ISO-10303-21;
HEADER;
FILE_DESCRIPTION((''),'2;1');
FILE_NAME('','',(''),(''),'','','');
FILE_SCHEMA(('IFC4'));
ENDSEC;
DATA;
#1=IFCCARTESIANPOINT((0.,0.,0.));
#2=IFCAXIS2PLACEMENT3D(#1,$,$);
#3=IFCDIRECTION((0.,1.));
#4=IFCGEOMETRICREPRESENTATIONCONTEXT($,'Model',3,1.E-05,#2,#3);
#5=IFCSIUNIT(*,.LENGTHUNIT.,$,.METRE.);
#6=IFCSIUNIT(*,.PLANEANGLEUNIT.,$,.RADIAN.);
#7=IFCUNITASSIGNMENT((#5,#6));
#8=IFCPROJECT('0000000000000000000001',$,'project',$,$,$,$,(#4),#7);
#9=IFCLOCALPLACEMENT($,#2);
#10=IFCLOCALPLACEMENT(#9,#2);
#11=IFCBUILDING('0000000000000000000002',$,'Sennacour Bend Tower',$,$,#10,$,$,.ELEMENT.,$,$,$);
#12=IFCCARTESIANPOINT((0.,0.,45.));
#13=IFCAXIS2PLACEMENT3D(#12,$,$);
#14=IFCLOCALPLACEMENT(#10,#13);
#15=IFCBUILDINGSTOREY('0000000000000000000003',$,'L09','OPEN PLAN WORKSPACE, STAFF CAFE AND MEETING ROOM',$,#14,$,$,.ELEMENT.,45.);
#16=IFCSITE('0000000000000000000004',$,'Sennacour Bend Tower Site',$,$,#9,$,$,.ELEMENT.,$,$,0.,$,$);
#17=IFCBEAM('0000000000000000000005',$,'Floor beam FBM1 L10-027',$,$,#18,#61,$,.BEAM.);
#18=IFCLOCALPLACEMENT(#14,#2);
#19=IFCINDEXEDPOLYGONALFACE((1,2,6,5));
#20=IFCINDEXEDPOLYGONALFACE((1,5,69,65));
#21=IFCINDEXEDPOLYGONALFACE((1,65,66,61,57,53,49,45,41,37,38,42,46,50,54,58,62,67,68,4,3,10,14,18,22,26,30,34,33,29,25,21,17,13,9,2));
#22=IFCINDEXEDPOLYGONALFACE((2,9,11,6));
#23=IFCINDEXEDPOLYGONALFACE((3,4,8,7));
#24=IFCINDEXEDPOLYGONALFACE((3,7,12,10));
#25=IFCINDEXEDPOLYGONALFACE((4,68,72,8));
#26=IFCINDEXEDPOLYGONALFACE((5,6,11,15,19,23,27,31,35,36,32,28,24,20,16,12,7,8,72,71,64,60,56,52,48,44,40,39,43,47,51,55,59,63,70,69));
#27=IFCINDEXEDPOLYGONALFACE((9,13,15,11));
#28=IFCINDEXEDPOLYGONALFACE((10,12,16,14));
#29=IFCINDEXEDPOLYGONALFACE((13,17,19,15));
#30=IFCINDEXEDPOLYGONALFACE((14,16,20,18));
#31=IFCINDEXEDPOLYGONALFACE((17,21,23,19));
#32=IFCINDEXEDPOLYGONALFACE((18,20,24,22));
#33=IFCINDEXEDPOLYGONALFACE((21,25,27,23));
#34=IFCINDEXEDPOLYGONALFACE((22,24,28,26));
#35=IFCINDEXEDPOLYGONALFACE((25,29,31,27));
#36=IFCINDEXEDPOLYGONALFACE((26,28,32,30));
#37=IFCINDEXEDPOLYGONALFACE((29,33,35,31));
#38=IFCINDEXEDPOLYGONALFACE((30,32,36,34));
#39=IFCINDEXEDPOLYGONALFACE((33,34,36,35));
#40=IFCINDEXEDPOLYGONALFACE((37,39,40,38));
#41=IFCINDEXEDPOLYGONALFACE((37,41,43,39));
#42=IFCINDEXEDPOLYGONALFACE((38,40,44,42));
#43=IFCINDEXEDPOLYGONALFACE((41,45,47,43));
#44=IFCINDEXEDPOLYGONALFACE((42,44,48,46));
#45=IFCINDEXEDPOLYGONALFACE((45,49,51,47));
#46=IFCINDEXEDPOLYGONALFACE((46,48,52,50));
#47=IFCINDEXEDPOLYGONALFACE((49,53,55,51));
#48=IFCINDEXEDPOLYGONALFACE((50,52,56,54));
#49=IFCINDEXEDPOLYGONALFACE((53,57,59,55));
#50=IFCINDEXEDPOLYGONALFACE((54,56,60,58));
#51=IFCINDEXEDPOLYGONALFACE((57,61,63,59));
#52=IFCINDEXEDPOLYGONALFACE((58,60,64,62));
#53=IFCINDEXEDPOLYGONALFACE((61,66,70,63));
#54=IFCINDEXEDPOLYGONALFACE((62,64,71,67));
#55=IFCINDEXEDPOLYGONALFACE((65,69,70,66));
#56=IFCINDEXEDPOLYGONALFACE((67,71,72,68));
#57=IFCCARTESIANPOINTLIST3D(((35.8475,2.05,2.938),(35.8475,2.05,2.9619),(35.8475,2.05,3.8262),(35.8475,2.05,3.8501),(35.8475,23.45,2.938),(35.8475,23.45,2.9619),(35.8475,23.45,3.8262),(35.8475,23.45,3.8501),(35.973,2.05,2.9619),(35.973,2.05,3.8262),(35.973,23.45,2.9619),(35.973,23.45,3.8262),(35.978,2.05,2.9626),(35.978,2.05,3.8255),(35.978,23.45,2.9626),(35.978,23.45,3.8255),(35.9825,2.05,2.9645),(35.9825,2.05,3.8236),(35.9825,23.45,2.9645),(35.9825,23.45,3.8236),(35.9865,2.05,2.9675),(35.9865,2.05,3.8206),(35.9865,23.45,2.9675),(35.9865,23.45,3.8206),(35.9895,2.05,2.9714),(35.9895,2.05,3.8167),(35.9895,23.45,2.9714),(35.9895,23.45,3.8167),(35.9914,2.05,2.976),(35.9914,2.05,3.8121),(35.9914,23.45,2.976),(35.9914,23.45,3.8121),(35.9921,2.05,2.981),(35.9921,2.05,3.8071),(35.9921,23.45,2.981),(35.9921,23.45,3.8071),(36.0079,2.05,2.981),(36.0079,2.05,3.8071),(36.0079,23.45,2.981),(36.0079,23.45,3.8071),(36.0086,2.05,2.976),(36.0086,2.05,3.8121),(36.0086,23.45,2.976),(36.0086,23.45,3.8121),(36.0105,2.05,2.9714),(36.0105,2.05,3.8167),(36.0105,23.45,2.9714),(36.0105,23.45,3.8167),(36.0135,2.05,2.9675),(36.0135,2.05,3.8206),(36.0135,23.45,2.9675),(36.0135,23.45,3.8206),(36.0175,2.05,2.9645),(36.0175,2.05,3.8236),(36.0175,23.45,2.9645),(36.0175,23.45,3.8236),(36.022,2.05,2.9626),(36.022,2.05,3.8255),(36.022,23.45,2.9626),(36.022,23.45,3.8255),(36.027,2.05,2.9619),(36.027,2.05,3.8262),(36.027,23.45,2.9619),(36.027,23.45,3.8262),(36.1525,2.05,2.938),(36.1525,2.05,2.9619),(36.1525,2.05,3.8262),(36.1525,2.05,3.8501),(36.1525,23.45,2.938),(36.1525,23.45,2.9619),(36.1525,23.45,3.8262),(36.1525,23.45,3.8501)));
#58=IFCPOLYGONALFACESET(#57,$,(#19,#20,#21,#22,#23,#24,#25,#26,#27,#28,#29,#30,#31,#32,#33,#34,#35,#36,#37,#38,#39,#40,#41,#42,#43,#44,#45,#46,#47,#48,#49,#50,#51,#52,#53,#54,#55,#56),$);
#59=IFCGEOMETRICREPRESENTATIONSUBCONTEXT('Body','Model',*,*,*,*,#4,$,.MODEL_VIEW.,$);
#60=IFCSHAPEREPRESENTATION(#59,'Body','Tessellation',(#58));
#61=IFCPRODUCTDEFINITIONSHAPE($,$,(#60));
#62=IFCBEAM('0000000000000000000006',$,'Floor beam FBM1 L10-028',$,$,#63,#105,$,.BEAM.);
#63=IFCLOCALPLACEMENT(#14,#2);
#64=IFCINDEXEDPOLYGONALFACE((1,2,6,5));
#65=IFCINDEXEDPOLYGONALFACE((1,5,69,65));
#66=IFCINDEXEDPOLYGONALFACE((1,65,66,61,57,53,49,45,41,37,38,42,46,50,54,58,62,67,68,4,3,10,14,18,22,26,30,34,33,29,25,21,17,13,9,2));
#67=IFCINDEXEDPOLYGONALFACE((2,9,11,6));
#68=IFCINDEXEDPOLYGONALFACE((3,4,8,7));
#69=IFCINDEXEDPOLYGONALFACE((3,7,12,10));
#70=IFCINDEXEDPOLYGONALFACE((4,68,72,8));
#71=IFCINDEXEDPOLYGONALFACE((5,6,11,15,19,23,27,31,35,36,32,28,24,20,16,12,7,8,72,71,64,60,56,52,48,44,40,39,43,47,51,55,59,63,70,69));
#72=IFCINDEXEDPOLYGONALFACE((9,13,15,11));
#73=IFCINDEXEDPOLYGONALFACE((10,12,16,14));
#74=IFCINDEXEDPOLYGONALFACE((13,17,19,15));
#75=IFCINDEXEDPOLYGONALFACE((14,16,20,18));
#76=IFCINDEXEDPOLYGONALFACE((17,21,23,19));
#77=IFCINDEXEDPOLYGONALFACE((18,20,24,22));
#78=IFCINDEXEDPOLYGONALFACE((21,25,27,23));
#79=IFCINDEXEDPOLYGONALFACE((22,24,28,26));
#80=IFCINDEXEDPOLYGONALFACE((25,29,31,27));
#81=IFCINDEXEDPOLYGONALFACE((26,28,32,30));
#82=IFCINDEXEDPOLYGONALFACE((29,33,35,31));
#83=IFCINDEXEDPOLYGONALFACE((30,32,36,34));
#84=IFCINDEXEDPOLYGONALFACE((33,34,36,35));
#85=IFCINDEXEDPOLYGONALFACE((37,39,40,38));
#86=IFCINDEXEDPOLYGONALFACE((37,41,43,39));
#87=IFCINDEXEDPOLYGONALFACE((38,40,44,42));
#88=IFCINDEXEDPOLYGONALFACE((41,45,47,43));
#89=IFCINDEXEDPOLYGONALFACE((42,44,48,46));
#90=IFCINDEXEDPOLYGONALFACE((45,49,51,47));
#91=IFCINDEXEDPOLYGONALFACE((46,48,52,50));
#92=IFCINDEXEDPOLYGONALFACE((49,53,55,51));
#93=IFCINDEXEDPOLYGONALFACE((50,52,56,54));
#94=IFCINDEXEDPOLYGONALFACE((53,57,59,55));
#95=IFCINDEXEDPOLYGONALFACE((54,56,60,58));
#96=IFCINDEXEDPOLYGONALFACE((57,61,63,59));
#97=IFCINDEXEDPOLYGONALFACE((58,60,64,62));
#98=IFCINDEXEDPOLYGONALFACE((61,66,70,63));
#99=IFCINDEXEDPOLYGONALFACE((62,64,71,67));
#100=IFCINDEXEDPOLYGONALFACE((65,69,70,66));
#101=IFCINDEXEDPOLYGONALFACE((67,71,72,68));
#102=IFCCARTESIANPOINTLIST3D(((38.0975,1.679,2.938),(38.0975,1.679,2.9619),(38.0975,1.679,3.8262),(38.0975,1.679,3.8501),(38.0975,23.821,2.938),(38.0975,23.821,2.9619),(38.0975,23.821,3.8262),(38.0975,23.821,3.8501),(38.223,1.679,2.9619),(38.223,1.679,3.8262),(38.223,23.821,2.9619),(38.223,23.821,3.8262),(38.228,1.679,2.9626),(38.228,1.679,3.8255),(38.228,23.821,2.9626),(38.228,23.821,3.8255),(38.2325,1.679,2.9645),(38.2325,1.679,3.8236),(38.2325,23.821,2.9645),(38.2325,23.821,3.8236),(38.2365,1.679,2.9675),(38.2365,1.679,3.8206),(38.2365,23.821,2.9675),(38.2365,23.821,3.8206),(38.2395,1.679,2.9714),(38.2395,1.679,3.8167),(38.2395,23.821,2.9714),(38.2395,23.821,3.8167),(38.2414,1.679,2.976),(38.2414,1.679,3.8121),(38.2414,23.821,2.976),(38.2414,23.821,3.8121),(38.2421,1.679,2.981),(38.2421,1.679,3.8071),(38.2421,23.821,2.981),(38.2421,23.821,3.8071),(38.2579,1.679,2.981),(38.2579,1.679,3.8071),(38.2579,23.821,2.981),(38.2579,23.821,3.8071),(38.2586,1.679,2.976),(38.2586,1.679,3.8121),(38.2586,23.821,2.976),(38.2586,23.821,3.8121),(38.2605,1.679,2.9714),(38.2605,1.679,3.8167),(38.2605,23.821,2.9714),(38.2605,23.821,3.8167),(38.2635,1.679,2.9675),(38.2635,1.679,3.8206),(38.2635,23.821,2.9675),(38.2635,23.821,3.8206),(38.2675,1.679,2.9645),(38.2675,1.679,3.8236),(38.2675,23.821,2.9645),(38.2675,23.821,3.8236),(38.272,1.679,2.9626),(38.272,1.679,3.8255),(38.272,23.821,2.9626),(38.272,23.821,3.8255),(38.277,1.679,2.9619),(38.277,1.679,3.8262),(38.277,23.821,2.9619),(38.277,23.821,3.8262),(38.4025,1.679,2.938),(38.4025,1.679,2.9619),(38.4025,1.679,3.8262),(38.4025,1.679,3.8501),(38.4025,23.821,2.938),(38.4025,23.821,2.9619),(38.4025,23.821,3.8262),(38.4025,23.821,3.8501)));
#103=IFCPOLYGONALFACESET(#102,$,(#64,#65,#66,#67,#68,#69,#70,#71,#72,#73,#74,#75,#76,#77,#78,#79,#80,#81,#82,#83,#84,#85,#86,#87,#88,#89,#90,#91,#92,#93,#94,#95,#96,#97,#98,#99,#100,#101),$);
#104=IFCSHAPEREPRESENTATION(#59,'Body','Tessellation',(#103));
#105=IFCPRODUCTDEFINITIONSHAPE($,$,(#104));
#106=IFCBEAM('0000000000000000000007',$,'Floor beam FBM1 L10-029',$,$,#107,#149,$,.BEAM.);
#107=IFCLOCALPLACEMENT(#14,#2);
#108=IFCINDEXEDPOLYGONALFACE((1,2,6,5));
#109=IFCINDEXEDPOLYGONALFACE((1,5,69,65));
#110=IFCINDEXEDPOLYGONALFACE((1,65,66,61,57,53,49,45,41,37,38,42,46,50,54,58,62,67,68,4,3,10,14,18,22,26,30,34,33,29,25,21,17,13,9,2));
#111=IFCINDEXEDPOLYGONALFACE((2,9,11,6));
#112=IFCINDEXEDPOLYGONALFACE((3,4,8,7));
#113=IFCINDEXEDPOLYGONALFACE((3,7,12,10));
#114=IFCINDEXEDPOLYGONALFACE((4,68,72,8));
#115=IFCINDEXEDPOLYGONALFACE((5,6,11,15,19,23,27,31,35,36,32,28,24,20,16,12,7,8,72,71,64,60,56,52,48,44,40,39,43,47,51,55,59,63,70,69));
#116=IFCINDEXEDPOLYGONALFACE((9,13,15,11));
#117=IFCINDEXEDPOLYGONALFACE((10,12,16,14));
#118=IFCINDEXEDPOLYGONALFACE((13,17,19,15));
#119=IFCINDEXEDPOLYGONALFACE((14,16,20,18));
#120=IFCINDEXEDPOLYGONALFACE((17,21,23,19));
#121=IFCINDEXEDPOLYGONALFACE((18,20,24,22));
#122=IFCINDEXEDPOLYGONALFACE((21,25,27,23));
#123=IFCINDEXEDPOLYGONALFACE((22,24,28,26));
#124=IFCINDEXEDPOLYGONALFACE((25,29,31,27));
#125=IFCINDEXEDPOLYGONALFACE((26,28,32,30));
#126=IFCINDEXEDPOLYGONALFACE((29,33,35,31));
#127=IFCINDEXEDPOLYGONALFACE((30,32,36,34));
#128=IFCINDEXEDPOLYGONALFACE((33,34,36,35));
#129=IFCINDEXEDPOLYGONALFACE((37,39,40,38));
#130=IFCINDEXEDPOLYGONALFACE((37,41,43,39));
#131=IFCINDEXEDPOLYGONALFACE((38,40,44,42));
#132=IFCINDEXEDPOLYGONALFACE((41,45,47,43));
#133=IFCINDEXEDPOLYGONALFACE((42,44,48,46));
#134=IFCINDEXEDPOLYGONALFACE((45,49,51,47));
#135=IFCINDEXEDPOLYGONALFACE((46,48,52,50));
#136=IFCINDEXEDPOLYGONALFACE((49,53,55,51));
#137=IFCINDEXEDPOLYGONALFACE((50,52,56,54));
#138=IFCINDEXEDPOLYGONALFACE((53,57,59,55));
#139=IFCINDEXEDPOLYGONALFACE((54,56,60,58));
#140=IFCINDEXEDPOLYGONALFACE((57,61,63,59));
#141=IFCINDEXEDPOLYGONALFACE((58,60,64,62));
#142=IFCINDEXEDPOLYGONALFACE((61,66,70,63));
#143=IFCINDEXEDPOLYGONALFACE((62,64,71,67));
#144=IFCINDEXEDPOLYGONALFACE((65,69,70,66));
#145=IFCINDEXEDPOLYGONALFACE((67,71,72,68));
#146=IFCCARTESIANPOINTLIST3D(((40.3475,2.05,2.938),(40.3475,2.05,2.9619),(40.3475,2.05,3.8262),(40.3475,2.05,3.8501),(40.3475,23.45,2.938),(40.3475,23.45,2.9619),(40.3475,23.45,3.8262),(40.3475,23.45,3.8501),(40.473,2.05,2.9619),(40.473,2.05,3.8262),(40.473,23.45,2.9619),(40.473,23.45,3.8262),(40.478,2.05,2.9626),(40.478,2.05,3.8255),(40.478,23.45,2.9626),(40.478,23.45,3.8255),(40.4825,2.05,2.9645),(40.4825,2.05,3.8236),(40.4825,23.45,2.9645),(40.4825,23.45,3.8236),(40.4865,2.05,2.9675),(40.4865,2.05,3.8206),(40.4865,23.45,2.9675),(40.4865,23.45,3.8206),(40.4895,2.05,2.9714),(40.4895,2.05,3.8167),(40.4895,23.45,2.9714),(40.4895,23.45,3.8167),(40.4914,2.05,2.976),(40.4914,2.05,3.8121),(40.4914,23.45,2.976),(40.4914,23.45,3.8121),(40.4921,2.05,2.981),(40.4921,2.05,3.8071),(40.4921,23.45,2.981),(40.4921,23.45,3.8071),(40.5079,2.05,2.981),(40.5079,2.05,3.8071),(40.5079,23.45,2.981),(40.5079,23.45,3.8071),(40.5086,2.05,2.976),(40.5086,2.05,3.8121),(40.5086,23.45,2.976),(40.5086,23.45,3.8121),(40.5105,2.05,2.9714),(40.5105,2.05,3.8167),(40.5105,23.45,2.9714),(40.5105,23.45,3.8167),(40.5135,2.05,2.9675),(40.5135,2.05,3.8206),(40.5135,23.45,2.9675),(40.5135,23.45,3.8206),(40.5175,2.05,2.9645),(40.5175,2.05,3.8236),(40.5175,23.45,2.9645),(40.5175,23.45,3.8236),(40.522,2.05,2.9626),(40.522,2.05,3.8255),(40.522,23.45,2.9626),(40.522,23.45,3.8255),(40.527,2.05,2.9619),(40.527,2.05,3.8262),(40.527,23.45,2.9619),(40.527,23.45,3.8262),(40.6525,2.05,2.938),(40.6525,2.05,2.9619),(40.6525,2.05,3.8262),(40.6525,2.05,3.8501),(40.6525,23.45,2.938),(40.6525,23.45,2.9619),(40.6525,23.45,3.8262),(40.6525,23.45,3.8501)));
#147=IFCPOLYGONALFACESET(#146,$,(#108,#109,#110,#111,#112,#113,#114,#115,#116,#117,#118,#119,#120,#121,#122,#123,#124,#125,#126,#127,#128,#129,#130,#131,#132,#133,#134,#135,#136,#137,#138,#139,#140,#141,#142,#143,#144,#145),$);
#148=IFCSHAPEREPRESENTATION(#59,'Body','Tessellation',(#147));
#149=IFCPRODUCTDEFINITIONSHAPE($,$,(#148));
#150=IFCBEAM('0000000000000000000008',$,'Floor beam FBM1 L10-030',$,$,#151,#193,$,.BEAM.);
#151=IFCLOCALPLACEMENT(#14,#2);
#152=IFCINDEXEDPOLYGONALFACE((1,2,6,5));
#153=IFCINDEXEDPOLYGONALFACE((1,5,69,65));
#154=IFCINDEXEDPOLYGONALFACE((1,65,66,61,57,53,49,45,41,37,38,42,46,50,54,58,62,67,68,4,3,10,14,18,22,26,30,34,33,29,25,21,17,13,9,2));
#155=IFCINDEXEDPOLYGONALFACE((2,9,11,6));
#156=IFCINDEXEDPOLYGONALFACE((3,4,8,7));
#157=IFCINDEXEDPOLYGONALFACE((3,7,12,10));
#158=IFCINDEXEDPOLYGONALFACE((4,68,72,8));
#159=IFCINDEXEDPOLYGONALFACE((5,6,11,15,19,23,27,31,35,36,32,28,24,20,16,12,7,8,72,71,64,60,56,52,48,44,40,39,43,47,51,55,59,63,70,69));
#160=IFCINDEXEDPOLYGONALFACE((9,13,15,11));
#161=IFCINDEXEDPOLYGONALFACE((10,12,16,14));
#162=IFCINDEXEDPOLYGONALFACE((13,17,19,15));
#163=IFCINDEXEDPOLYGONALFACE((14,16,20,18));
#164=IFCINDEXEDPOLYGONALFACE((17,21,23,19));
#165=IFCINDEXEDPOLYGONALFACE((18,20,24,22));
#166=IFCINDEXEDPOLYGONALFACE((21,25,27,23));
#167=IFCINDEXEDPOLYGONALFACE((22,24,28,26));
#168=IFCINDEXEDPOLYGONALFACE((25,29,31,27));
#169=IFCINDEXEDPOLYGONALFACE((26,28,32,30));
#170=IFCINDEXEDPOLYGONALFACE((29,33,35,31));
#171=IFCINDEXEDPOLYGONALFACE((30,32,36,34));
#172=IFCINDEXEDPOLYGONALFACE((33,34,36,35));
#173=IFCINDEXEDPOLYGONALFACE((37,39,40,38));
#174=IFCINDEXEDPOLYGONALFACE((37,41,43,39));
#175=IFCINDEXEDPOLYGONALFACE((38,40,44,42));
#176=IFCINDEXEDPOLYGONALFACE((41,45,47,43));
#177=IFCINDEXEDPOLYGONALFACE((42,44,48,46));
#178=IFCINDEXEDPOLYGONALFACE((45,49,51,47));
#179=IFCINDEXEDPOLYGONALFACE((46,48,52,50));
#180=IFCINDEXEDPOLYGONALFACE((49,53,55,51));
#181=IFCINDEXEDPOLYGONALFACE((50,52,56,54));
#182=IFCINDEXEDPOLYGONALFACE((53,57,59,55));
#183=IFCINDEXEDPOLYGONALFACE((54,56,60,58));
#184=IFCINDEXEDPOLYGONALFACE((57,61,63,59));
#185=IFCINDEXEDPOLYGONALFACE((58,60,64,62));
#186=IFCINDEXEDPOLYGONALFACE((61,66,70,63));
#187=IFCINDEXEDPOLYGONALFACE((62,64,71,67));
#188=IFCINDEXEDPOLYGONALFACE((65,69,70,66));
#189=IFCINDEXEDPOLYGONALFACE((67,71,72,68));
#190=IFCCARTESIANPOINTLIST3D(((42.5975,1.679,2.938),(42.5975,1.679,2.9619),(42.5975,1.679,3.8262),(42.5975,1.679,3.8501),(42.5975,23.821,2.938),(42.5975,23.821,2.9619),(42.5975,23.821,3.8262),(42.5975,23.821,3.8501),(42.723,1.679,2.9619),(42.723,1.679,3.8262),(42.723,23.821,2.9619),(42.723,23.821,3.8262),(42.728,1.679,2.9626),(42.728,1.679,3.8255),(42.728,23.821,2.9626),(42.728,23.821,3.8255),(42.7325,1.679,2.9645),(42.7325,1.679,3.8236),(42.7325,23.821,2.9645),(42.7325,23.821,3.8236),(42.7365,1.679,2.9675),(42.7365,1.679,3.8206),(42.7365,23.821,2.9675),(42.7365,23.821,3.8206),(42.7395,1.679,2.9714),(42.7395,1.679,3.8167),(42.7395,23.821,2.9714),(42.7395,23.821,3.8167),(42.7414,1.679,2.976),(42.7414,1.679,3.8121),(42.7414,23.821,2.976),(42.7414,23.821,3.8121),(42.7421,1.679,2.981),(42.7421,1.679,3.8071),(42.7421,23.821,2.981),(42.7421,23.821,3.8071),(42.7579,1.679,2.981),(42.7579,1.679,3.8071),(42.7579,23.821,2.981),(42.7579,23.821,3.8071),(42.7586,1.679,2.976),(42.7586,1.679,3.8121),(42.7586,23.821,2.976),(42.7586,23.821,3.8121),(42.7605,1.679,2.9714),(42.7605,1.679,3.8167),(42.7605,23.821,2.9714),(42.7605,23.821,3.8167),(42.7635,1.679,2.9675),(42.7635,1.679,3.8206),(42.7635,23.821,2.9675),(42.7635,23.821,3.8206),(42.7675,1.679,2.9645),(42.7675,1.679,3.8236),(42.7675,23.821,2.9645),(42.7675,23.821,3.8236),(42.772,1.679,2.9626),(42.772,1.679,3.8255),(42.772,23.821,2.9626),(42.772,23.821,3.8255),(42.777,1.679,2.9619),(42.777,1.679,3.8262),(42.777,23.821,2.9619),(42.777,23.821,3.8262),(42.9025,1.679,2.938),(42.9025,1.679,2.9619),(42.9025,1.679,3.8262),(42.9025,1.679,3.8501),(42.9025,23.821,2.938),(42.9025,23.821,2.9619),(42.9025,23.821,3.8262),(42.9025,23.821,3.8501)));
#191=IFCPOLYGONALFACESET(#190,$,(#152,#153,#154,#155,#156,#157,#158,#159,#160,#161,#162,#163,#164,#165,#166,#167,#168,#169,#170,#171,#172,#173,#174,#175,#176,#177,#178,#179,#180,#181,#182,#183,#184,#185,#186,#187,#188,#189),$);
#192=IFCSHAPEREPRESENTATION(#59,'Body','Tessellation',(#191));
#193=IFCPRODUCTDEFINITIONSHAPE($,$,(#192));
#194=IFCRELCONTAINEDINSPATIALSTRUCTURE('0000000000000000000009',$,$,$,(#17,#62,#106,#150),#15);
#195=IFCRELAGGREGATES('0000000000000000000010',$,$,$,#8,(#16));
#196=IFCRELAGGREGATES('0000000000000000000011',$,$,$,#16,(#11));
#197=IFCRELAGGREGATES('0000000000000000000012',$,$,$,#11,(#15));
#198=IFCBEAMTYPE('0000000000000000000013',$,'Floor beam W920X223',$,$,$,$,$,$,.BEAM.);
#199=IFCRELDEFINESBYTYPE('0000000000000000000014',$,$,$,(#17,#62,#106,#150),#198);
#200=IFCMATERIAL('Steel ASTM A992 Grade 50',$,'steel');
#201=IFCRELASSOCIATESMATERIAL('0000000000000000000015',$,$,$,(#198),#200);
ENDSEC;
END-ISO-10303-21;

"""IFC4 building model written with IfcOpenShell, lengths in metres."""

from ifc_helpers import new_model, si_unit, direction, frame, origin, origin_2d, place, context, subcontext, project, spatial, i_section, extrude, material, material_profile, profile_set, type_object, element, save


model = new_model("IFC4")

# Units and contexts
model_context = context("Model", 3, precision=1e-05, world=origin(), true_north=direction((0.0, 1.0)))
body_context = subcontext(model_context, "Body", "Model", "MODEL_VIEW")
ifc_project = project(units=[si_unit("LENGTHUNIT", "METRE"), si_unit("PLANEANGLEUNIT", "RADIAN")], contexts=[model_context])

# Site, building, storey
site_placement = place(None, origin())
site = spatial("IfcSite", under=ifc_project, at=site_placement, Name="Sennacour Bend Tower Site", CompositionType="ELEMENT", RefElevation=0.0)
building_placement = place(site_placement, origin())
building = spatial("IfcBuilding", under=site, at=building_placement, Name="Sennacour Bend Tower", CompositionType="ELEMENT")
storey_placement = place(building_placement, frame((0.0, 0.0, 45.0)))
storey = spatial("IfcBuildingStorey", under=building, at=storey_placement, Name="L09", Description="OPEN PLAN WORKSPACE, STAFF CAFE AND MEETING ROOM", CompositionType="ELEMENT", Elevation=45.0)

# Beams
ifc_material_1 = material(Name="Steel ASTM A992 Grade 50", Category="steel")
ifc_material_profile_1 = material_profile(ifc_material_1, i_section(OverallWidth=0.3049, OverallDepth=0.9121, WebThickness=0.0159, FlangeThickness=0.0239, FilletRadius=0.019, at=origin_2d()), Name="Steel ASTM A992 Grade 50", Category="steel")
ifc_profile_set_1 = profile_set([ifc_material_profile_1], Name="Steel ASTM A992 Grade 50")
beam_type_1 = type_object("IfcBeamType", Name="Floor beam W920X223", PredefinedType="BEAM", material=ifc_profile_set_1)
beam_1_placement = place(storey_placement, frame((36.0, 2.05, 3.394), z_axis=(0.0, 1.0, 0.0), x_axis=(-1.0, 0.0, 0.0)))
element("IfcBeam", 1, at=beam_1_placement, inside=storey, type_object=beam_type_1, Name="Floor beam FBM1 L10-027", PredefinedType="BEAM", context=body_context, shape_type="SweptSolid", body=[
    extrude(i_section(OverallWidth=0.3049, OverallDepth=0.9121, WebThickness=0.0159, FlangeThickness=0.0239, FilletRadius=0.019, at=origin_2d()), origin(), (0.0, 0.0, 1.0), 21.3999),
])
beam_2_placement = place(storey_placement, frame((38.25, 1.679, 3.394), z_axis=(0.0, 1.0, 0.0), x_axis=(-1.0, 0.0, 0.0)))
element("IfcBeam", 2, at=beam_2_placement, inside=storey, type_object=beam_type_1, Name="Floor beam FBM1 L10-028", PredefinedType="BEAM", context=body_context, shape_type="SweptSolid", body=[
    extrude(i_section(OverallWidth=0.3049, OverallDepth=0.9121, WebThickness=0.0159, FlangeThickness=0.0239, FilletRadius=0.019, at=origin_2d()), origin(), (0.0, 0.0, 1.0), 22.1421),
])
beam_3_placement = place(storey_placement, frame((40.5, 2.05, 3.394), z_axis=(0.0, 1.0, 0.0), x_axis=(-1.0, 0.0, 0.0)))
element("IfcBeam", 3, at=beam_3_placement, inside=storey, type_object=beam_type_1, Name="Floor beam FBM1 L10-029", PredefinedType="BEAM", context=body_context, shape_type="SweptSolid", body=[
    extrude(i_section(OverallWidth=0.3049, OverallDepth=0.9121, WebThickness=0.0159, FlangeThickness=0.0239, FilletRadius=0.019, at=origin_2d()), origin(), (0.0, 0.0, 1.0), 21.3999),
])
beam_4_placement = place(storey_placement, frame((42.75, 1.679, 3.394), z_axis=(0.0, 1.0, 0.0), x_axis=(-1.0, 0.0, 0.0)))
element("IfcBeam", 4, at=beam_4_placement, inside=storey, type_object=beam_type_1, Name="Floor beam FBM1 L10-030", PredefinedType="BEAM", context=body_context, shape_type="SweptSolid", body=[
    extrude(i_section(OverallWidth=0.3049, OverallDepth=0.9121, WebThickness=0.0159, FlangeThickness=0.0239, FilletRadius=0.019, at=origin_2d()), origin(), (0.0, 0.0, 1.0), 22.1421),
])

save(model, "model.ifc")
